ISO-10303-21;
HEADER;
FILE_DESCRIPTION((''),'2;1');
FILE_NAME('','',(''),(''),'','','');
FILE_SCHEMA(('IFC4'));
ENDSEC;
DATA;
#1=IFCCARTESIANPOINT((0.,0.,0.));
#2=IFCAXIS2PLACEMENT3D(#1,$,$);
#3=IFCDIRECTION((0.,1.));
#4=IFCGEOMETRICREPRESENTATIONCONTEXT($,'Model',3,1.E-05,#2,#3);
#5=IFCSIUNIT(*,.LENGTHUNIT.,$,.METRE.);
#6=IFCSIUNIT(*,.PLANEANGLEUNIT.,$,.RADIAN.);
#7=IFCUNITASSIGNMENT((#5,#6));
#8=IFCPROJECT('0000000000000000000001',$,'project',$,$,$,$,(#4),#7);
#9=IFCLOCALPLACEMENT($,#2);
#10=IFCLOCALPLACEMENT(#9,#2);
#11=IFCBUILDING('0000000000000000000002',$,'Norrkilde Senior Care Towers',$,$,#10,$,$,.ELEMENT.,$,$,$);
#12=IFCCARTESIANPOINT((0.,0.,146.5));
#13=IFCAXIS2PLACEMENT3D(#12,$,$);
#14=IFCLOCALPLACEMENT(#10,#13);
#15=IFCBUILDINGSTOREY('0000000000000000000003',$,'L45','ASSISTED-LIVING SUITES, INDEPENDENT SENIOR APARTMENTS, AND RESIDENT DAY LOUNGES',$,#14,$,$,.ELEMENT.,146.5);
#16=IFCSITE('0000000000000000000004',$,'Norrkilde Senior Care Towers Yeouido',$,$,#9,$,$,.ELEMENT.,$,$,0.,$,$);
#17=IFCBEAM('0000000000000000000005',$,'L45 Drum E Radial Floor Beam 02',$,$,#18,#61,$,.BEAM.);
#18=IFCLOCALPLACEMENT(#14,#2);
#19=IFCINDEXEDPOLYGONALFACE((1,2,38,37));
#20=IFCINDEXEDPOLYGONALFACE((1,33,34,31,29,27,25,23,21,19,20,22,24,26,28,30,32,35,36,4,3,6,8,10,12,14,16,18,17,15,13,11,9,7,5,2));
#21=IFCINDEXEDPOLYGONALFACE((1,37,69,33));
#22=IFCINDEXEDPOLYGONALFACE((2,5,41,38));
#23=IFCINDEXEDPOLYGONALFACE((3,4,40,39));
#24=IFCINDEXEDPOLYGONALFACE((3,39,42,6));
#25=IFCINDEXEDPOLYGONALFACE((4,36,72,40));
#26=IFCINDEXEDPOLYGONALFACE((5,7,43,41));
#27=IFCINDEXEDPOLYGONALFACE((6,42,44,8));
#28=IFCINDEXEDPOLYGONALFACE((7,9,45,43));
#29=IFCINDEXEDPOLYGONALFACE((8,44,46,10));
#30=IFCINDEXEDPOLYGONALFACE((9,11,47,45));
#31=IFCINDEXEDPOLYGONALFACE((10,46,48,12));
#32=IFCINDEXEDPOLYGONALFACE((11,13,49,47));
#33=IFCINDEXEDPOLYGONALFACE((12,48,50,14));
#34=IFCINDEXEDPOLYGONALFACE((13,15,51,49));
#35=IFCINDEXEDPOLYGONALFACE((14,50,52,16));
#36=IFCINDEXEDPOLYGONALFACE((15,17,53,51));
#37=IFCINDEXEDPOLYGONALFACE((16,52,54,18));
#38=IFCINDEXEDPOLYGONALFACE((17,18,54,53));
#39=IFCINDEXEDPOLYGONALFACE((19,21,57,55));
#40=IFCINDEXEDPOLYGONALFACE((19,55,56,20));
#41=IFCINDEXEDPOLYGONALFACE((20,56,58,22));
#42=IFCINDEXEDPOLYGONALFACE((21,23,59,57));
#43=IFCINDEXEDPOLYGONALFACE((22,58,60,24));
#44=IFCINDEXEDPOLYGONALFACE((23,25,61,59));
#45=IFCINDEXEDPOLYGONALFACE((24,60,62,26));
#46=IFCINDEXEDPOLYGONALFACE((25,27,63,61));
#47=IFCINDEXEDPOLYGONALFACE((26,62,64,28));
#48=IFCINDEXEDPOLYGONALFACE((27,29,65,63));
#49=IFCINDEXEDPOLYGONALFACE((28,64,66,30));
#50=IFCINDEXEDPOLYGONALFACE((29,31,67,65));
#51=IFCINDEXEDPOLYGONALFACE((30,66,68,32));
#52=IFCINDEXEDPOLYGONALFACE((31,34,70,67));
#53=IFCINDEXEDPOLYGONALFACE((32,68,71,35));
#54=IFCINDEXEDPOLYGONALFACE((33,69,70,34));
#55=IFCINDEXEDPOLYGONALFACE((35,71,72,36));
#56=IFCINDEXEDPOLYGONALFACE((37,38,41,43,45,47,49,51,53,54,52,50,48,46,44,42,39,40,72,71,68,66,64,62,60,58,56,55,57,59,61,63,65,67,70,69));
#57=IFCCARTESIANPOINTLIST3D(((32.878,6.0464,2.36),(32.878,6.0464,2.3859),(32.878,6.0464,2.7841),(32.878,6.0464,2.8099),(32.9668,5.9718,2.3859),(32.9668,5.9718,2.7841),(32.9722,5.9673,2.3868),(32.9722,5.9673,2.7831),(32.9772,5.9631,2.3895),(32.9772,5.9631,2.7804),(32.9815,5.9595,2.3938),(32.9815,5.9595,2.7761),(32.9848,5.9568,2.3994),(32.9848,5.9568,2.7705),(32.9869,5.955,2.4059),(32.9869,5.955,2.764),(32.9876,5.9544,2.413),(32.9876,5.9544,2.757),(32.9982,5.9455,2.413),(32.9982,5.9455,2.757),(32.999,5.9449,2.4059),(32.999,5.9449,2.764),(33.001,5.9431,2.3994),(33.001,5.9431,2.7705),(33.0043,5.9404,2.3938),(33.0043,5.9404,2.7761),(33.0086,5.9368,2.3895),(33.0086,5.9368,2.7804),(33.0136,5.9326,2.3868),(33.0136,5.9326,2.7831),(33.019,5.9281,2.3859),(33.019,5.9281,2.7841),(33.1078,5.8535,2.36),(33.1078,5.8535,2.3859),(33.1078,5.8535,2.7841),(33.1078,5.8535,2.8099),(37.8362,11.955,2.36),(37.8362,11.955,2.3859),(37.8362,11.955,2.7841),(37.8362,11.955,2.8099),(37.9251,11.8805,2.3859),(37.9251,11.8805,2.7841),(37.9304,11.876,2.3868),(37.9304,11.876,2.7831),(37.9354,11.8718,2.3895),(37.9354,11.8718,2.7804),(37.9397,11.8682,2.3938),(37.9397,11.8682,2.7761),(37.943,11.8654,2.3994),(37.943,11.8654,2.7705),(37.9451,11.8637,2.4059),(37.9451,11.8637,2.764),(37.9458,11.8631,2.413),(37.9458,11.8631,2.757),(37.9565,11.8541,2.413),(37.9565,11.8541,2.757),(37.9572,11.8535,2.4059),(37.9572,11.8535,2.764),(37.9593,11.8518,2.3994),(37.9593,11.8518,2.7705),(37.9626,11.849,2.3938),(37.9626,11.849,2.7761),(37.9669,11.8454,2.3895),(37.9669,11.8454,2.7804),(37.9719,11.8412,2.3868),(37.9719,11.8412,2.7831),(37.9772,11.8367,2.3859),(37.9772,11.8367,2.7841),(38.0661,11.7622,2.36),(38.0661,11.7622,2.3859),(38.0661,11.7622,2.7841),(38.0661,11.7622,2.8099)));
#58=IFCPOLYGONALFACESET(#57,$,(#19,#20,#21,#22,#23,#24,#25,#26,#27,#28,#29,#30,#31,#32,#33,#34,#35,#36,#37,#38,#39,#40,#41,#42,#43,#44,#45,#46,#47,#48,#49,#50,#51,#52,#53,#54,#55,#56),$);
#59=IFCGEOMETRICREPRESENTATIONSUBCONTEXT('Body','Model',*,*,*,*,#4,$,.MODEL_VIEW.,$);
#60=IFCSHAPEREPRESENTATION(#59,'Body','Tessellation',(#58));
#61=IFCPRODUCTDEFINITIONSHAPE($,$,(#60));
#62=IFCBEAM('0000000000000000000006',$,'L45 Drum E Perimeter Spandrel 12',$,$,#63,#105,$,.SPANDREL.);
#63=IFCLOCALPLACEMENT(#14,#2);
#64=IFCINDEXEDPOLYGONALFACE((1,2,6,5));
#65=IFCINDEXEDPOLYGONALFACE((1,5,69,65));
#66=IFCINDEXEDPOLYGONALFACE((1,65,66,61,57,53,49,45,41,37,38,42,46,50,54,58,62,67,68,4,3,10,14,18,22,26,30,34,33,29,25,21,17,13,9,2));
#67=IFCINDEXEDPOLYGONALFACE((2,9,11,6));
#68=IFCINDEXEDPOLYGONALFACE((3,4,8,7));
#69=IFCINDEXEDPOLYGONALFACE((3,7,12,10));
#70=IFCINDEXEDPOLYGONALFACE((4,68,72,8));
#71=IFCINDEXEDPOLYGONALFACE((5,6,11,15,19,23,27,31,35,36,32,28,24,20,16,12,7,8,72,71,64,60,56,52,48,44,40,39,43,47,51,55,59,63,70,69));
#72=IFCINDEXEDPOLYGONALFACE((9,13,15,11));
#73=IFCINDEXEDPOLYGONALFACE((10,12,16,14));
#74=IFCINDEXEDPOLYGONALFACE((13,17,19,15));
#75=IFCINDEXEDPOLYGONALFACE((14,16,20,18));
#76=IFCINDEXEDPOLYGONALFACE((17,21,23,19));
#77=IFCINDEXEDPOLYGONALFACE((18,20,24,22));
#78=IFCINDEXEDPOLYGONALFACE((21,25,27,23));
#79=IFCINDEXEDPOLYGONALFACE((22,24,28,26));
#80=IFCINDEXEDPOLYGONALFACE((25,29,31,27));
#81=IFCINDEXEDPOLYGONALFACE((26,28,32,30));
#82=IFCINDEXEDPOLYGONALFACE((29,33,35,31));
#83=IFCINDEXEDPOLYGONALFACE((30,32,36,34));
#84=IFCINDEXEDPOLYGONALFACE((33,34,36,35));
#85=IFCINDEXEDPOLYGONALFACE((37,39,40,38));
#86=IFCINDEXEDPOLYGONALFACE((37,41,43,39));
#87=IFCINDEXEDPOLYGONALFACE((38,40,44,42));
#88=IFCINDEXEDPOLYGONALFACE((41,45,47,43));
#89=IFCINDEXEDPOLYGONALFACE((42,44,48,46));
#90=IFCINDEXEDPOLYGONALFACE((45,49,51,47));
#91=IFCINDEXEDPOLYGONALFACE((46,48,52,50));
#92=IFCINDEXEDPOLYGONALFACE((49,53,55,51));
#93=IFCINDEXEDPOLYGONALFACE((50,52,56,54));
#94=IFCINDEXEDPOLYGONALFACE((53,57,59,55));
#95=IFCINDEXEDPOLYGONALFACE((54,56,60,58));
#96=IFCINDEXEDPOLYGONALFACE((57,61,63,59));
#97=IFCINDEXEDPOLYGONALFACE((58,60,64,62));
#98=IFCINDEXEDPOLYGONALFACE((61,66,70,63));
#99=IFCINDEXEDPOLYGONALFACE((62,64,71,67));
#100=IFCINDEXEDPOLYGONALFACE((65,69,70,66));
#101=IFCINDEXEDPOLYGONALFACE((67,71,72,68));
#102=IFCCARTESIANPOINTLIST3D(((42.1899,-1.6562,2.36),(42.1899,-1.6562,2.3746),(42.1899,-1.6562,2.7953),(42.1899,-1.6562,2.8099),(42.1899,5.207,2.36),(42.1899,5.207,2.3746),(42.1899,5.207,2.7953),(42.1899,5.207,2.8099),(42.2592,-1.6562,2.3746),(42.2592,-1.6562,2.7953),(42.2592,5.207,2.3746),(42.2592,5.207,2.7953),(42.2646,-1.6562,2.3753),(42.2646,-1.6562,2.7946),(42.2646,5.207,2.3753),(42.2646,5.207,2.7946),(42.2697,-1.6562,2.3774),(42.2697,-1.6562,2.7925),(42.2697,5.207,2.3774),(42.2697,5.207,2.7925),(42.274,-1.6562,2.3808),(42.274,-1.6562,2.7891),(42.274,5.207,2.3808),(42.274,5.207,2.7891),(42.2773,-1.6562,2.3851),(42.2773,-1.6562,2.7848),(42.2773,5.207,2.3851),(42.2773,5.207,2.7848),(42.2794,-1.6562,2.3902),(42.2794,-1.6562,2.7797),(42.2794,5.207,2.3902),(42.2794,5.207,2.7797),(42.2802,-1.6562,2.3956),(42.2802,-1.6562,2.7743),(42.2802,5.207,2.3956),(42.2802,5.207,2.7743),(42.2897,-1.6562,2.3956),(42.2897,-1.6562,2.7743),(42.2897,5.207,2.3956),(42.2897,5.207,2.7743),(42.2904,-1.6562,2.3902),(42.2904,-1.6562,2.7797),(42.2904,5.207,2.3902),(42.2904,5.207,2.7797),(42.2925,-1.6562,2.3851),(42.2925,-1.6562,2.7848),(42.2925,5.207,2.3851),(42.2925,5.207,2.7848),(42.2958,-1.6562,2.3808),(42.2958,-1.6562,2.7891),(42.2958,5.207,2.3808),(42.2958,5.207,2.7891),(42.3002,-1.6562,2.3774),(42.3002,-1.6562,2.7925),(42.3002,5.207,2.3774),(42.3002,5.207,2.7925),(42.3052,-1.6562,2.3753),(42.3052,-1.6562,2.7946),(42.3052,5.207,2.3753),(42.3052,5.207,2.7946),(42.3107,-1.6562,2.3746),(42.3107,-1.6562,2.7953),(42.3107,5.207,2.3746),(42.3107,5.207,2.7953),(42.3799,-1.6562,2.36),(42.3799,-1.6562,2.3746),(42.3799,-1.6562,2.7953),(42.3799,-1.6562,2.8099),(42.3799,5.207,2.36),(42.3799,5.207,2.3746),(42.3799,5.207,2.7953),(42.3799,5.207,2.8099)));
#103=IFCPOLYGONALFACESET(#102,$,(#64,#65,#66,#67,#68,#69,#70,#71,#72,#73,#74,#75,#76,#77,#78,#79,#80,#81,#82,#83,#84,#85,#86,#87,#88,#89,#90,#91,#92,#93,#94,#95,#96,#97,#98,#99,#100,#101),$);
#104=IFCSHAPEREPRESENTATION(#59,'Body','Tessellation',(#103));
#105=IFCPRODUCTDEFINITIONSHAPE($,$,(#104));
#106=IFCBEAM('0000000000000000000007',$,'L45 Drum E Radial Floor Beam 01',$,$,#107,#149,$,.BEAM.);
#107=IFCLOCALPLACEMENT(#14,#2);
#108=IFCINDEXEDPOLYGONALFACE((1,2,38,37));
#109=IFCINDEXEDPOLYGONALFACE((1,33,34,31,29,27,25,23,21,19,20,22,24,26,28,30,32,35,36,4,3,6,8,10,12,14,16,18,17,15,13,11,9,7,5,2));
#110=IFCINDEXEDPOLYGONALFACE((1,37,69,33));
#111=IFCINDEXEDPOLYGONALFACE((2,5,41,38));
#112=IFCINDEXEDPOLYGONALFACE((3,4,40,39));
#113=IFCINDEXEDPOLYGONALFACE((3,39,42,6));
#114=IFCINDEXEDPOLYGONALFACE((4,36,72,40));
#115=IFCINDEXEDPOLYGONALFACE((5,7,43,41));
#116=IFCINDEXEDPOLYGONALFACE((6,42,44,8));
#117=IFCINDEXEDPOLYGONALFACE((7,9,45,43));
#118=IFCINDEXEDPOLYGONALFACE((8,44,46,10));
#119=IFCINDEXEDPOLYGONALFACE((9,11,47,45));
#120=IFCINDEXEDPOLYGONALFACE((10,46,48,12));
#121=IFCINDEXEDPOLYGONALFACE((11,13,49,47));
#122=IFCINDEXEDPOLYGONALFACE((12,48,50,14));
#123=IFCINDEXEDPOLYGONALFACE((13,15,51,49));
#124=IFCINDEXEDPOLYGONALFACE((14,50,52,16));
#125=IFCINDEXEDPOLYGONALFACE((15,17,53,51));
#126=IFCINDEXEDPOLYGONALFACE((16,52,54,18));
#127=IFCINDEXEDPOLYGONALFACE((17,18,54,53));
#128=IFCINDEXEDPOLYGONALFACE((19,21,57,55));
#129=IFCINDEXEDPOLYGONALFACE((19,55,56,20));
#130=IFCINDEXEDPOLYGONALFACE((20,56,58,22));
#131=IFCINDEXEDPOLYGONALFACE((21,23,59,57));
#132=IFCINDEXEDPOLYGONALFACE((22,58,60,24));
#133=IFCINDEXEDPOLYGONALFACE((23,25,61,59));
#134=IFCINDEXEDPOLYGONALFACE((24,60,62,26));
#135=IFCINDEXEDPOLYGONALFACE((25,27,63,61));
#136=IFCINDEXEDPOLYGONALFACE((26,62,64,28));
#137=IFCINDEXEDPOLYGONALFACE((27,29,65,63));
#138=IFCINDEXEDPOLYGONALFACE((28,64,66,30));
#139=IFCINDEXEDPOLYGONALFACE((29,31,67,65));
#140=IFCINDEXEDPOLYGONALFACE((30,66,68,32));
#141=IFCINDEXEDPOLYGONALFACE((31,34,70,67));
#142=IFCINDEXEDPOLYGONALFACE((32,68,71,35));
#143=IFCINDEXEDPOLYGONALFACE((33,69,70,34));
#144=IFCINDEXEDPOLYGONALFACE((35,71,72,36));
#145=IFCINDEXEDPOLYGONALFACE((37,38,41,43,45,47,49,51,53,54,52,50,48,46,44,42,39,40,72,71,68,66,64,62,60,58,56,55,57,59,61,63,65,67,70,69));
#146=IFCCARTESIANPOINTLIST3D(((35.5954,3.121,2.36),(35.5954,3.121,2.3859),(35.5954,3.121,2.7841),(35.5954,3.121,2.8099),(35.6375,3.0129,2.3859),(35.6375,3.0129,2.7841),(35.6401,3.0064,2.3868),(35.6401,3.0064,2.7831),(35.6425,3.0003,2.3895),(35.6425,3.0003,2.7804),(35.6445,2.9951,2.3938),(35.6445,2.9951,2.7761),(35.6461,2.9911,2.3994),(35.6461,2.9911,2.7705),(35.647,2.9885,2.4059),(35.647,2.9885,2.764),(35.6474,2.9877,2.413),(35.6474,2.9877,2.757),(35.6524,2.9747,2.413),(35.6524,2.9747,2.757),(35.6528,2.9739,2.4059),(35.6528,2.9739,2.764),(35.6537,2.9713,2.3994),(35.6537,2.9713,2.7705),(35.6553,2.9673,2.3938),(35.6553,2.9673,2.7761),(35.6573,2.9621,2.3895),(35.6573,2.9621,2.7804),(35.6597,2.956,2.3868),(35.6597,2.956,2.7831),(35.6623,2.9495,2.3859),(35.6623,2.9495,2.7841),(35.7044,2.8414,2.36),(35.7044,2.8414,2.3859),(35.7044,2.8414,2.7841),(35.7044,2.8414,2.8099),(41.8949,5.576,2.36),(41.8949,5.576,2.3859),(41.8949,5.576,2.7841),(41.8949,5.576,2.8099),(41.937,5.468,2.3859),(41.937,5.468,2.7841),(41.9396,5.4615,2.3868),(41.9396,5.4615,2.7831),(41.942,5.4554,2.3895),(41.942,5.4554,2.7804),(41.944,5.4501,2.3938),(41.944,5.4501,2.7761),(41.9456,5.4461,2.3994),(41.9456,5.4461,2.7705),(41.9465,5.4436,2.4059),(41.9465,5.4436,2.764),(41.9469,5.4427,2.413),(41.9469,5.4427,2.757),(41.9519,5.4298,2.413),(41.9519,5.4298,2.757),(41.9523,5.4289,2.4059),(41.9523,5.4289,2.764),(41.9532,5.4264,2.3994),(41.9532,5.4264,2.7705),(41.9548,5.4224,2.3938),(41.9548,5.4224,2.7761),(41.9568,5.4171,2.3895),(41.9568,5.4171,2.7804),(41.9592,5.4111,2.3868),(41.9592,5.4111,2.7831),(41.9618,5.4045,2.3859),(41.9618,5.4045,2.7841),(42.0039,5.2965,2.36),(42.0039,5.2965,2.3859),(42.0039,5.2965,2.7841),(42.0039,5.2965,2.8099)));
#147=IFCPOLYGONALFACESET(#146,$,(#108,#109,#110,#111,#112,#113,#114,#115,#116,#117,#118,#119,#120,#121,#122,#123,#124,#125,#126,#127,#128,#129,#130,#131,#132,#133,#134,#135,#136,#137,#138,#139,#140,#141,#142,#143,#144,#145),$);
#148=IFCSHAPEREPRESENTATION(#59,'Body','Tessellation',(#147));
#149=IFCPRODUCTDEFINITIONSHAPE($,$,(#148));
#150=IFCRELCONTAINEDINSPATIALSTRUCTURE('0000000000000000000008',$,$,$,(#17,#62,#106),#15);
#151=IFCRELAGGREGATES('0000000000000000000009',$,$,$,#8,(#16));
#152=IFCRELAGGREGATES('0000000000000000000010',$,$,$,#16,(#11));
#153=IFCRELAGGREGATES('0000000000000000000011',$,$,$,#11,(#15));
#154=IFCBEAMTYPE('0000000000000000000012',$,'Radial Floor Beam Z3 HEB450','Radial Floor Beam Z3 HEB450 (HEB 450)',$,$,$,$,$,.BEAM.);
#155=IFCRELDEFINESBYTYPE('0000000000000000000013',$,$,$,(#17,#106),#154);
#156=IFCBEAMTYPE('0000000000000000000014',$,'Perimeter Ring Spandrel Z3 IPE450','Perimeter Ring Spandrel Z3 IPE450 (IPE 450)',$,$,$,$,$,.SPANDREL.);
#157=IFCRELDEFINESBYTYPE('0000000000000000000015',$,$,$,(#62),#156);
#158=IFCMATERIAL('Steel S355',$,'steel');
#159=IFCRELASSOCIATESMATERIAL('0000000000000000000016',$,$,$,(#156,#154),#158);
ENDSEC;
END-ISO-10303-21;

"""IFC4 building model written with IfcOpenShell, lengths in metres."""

from ifc_helpers import new_model, si_unit, direction, frame, origin, origin_2d, place, context, subcontext, project, spatial, i_section, extrude, source, transform, mapped, material, material_profile, profile_set, type_object, element, save


model = new_model("IFC4")

# Units and contexts
model_context = context("Model", 3, precision=1e-05, world=origin(), true_north=direction((0.0, 1.0)))
body_context = subcontext(model_context, "Body", "Model", "MODEL_VIEW")
ifc_project = project(units=[si_unit("LENGTHUNIT", "METRE"), si_unit("PLANEANGLEUNIT", "RADIAN")], contexts=[model_context])

# Site, building, storey
site_placement = place(None, origin())
site = spatial("IfcSite", under=ifc_project, at=site_placement, Name="Norrkilde Senior Care Towers Yeouido", CompositionType="ELEMENT", RefElevation=0.0)
building_placement = place(site_placement, origin())
building = spatial("IfcBuilding", under=site, at=building_placement, Name="Norrkilde Senior Care Towers", CompositionType="ELEMENT")
storey_placement = place(building_placement, frame((0.0, 0.0, 146.5)))
storey = spatial("IfcBuildingStorey", under=building, at=storey_placement, Name="L45", Description="ASSISTED-LIVING SUITES, INDEPENDENT SENIOR APARTMENTS, AND RESIDENT DAY LOUNGES", CompositionType="ELEMENT", Elevation=146.5)

# Beams
ifc_material_1 = material(Name="Steel S355", Category="steel")
ifc_material_profile_1 = material_profile(ifc_material_1, i_section(OverallWidth=0.1899, OverallDepth=0.45, WebThickness=0.0095, FlangeThickness=0.0146, FilletRadius=0.021, at=origin_2d()), Name="IPE 450")
ifc_profile_set_1 = profile_set([ifc_material_profile_1], Name="Steel S355")
beam_type_1 = type_object("IfcBeamType", Name="Perimeter Ring Spandrel Z3 IPE450", Description="Perimeter Ring Spandrel Z3 IPE450 (IPE 450)", PredefinedType="SPANDREL", material=ifc_profile_set_1)
ifc_material_profile_2 = material_profile(ifc_material_1, i_section(OverallWidth=0.3, OverallDepth=0.45, WebThickness=0.0139, FlangeThickness=0.0259, FilletRadius=0.0271, at=origin_2d()), Name="HEB 450")
ifc_profile_set_2 = profile_set([ifc_material_profile_2], Name="Steel S355")
beam_type_2 = type_object("IfcBeamType", Name="Radial Floor Beam Z3 HEB450", Description="Radial Floor Beam Z3 HEB450 (HEB 450)", PredefinedType="BEAM", material=ifc_profile_set_2)
shared_shape_1 = source(origin(), body_context, "Body", "SweptSolid", [
    extrude(i_section(OverallWidth=0.3, OverallDepth=0.45, WebThickness=0.0139, FlangeThickness=0.0259, FilletRadius=0.0271, at=origin_2d()), origin(), (0.0, 0.0, 1.0), 7.7134),
])
beam_1_placement = place(storey_placement, frame((32.9929, 5.95, 2.585), z_axis=(0.642808, 0.766027, 0.0), x_axis=(-0.766027, 0.642808, 0.0)))
element("IfcBeam", 1, at=beam_1_placement, inside=storey, type_object=beam_type_2, Name="L45 Drum E Radial Floor Beam 02", PredefinedType="BEAM", context=body_context, shape_type="MappedRepresentation", body=[
    mapped(shared_shape_1, transform((0.0, 0.0, 0.0), x_axis=(1.0, 0.0, 0.0), y_axis=(0.0, 1.0, 0.0), z_axis=(0.0, 0.0, 1.0), scale=1.0)),
])
shared_shape_2 = source(origin(), body_context, "Body", "SweptSolid", [
    extrude(i_section(OverallWidth=0.1899, OverallDepth=0.45, WebThickness=0.0095, FlangeThickness=0.0146, FilletRadius=0.021, at=origin_2d()), origin(), (0.0, 0.0, 1.0), 6.8633),
])
beam_2_placement = place(storey_placement, frame((42.2849, -1.6562, 2.585), z_axis=(0.0, 1.0, 0.0), x_axis=(-1.0, 0.0, 0.0)))
element("IfcBeam", 2, at=beam_2_placement, inside=storey, type_object=beam_type_1, Name="L45 Drum E Perimeter Spandrel 12", PredefinedType="SPANDREL", context=body_context, shape_type="MappedRepresentation", body=[
    mapped(shared_shape_2, transform((0.0, 0.0, 0.0), x_axis=(1.0, 0.0, 0.0), y_axis=(0.0, 1.0, 0.0), z_axis=(0.0, 0.0, 1.0), scale=1.0)),
])
shared_shape_3 = source(origin(), body_context, "Body", "SweptSolid", [
    extrude(i_section(OverallWidth=0.3, OverallDepth=0.45, WebThickness=0.0139, FlangeThickness=0.0259, FilletRadius=0.0271, at=origin_2d()), origin(), (0.0, 0.0, 1.0), 6.761),
])
beam_3_placement = place(storey_placement, frame((35.6499, 2.9812, 2.585), z_axis=(0.931742, 0.363121, 0.0), x_axis=(-0.363121, 0.931742, 0.0)))
element("IfcBeam", 3, at=beam_3_placement, inside=storey, type_object=beam_type_2, Name="L45 Drum E Radial Floor Beam 01", PredefinedType="BEAM", context=body_context, shape_type="MappedRepresentation", body=[
    mapped(shared_shape_3, transform((0.0, 0.0, 0.0), x_axis=(1.0, 0.0, 0.0), y_axis=(0.0, 1.0, 0.0), z_axis=(0.0, 0.0, 1.0), scale=1.0)),
])

save(model, "model.ifc")
